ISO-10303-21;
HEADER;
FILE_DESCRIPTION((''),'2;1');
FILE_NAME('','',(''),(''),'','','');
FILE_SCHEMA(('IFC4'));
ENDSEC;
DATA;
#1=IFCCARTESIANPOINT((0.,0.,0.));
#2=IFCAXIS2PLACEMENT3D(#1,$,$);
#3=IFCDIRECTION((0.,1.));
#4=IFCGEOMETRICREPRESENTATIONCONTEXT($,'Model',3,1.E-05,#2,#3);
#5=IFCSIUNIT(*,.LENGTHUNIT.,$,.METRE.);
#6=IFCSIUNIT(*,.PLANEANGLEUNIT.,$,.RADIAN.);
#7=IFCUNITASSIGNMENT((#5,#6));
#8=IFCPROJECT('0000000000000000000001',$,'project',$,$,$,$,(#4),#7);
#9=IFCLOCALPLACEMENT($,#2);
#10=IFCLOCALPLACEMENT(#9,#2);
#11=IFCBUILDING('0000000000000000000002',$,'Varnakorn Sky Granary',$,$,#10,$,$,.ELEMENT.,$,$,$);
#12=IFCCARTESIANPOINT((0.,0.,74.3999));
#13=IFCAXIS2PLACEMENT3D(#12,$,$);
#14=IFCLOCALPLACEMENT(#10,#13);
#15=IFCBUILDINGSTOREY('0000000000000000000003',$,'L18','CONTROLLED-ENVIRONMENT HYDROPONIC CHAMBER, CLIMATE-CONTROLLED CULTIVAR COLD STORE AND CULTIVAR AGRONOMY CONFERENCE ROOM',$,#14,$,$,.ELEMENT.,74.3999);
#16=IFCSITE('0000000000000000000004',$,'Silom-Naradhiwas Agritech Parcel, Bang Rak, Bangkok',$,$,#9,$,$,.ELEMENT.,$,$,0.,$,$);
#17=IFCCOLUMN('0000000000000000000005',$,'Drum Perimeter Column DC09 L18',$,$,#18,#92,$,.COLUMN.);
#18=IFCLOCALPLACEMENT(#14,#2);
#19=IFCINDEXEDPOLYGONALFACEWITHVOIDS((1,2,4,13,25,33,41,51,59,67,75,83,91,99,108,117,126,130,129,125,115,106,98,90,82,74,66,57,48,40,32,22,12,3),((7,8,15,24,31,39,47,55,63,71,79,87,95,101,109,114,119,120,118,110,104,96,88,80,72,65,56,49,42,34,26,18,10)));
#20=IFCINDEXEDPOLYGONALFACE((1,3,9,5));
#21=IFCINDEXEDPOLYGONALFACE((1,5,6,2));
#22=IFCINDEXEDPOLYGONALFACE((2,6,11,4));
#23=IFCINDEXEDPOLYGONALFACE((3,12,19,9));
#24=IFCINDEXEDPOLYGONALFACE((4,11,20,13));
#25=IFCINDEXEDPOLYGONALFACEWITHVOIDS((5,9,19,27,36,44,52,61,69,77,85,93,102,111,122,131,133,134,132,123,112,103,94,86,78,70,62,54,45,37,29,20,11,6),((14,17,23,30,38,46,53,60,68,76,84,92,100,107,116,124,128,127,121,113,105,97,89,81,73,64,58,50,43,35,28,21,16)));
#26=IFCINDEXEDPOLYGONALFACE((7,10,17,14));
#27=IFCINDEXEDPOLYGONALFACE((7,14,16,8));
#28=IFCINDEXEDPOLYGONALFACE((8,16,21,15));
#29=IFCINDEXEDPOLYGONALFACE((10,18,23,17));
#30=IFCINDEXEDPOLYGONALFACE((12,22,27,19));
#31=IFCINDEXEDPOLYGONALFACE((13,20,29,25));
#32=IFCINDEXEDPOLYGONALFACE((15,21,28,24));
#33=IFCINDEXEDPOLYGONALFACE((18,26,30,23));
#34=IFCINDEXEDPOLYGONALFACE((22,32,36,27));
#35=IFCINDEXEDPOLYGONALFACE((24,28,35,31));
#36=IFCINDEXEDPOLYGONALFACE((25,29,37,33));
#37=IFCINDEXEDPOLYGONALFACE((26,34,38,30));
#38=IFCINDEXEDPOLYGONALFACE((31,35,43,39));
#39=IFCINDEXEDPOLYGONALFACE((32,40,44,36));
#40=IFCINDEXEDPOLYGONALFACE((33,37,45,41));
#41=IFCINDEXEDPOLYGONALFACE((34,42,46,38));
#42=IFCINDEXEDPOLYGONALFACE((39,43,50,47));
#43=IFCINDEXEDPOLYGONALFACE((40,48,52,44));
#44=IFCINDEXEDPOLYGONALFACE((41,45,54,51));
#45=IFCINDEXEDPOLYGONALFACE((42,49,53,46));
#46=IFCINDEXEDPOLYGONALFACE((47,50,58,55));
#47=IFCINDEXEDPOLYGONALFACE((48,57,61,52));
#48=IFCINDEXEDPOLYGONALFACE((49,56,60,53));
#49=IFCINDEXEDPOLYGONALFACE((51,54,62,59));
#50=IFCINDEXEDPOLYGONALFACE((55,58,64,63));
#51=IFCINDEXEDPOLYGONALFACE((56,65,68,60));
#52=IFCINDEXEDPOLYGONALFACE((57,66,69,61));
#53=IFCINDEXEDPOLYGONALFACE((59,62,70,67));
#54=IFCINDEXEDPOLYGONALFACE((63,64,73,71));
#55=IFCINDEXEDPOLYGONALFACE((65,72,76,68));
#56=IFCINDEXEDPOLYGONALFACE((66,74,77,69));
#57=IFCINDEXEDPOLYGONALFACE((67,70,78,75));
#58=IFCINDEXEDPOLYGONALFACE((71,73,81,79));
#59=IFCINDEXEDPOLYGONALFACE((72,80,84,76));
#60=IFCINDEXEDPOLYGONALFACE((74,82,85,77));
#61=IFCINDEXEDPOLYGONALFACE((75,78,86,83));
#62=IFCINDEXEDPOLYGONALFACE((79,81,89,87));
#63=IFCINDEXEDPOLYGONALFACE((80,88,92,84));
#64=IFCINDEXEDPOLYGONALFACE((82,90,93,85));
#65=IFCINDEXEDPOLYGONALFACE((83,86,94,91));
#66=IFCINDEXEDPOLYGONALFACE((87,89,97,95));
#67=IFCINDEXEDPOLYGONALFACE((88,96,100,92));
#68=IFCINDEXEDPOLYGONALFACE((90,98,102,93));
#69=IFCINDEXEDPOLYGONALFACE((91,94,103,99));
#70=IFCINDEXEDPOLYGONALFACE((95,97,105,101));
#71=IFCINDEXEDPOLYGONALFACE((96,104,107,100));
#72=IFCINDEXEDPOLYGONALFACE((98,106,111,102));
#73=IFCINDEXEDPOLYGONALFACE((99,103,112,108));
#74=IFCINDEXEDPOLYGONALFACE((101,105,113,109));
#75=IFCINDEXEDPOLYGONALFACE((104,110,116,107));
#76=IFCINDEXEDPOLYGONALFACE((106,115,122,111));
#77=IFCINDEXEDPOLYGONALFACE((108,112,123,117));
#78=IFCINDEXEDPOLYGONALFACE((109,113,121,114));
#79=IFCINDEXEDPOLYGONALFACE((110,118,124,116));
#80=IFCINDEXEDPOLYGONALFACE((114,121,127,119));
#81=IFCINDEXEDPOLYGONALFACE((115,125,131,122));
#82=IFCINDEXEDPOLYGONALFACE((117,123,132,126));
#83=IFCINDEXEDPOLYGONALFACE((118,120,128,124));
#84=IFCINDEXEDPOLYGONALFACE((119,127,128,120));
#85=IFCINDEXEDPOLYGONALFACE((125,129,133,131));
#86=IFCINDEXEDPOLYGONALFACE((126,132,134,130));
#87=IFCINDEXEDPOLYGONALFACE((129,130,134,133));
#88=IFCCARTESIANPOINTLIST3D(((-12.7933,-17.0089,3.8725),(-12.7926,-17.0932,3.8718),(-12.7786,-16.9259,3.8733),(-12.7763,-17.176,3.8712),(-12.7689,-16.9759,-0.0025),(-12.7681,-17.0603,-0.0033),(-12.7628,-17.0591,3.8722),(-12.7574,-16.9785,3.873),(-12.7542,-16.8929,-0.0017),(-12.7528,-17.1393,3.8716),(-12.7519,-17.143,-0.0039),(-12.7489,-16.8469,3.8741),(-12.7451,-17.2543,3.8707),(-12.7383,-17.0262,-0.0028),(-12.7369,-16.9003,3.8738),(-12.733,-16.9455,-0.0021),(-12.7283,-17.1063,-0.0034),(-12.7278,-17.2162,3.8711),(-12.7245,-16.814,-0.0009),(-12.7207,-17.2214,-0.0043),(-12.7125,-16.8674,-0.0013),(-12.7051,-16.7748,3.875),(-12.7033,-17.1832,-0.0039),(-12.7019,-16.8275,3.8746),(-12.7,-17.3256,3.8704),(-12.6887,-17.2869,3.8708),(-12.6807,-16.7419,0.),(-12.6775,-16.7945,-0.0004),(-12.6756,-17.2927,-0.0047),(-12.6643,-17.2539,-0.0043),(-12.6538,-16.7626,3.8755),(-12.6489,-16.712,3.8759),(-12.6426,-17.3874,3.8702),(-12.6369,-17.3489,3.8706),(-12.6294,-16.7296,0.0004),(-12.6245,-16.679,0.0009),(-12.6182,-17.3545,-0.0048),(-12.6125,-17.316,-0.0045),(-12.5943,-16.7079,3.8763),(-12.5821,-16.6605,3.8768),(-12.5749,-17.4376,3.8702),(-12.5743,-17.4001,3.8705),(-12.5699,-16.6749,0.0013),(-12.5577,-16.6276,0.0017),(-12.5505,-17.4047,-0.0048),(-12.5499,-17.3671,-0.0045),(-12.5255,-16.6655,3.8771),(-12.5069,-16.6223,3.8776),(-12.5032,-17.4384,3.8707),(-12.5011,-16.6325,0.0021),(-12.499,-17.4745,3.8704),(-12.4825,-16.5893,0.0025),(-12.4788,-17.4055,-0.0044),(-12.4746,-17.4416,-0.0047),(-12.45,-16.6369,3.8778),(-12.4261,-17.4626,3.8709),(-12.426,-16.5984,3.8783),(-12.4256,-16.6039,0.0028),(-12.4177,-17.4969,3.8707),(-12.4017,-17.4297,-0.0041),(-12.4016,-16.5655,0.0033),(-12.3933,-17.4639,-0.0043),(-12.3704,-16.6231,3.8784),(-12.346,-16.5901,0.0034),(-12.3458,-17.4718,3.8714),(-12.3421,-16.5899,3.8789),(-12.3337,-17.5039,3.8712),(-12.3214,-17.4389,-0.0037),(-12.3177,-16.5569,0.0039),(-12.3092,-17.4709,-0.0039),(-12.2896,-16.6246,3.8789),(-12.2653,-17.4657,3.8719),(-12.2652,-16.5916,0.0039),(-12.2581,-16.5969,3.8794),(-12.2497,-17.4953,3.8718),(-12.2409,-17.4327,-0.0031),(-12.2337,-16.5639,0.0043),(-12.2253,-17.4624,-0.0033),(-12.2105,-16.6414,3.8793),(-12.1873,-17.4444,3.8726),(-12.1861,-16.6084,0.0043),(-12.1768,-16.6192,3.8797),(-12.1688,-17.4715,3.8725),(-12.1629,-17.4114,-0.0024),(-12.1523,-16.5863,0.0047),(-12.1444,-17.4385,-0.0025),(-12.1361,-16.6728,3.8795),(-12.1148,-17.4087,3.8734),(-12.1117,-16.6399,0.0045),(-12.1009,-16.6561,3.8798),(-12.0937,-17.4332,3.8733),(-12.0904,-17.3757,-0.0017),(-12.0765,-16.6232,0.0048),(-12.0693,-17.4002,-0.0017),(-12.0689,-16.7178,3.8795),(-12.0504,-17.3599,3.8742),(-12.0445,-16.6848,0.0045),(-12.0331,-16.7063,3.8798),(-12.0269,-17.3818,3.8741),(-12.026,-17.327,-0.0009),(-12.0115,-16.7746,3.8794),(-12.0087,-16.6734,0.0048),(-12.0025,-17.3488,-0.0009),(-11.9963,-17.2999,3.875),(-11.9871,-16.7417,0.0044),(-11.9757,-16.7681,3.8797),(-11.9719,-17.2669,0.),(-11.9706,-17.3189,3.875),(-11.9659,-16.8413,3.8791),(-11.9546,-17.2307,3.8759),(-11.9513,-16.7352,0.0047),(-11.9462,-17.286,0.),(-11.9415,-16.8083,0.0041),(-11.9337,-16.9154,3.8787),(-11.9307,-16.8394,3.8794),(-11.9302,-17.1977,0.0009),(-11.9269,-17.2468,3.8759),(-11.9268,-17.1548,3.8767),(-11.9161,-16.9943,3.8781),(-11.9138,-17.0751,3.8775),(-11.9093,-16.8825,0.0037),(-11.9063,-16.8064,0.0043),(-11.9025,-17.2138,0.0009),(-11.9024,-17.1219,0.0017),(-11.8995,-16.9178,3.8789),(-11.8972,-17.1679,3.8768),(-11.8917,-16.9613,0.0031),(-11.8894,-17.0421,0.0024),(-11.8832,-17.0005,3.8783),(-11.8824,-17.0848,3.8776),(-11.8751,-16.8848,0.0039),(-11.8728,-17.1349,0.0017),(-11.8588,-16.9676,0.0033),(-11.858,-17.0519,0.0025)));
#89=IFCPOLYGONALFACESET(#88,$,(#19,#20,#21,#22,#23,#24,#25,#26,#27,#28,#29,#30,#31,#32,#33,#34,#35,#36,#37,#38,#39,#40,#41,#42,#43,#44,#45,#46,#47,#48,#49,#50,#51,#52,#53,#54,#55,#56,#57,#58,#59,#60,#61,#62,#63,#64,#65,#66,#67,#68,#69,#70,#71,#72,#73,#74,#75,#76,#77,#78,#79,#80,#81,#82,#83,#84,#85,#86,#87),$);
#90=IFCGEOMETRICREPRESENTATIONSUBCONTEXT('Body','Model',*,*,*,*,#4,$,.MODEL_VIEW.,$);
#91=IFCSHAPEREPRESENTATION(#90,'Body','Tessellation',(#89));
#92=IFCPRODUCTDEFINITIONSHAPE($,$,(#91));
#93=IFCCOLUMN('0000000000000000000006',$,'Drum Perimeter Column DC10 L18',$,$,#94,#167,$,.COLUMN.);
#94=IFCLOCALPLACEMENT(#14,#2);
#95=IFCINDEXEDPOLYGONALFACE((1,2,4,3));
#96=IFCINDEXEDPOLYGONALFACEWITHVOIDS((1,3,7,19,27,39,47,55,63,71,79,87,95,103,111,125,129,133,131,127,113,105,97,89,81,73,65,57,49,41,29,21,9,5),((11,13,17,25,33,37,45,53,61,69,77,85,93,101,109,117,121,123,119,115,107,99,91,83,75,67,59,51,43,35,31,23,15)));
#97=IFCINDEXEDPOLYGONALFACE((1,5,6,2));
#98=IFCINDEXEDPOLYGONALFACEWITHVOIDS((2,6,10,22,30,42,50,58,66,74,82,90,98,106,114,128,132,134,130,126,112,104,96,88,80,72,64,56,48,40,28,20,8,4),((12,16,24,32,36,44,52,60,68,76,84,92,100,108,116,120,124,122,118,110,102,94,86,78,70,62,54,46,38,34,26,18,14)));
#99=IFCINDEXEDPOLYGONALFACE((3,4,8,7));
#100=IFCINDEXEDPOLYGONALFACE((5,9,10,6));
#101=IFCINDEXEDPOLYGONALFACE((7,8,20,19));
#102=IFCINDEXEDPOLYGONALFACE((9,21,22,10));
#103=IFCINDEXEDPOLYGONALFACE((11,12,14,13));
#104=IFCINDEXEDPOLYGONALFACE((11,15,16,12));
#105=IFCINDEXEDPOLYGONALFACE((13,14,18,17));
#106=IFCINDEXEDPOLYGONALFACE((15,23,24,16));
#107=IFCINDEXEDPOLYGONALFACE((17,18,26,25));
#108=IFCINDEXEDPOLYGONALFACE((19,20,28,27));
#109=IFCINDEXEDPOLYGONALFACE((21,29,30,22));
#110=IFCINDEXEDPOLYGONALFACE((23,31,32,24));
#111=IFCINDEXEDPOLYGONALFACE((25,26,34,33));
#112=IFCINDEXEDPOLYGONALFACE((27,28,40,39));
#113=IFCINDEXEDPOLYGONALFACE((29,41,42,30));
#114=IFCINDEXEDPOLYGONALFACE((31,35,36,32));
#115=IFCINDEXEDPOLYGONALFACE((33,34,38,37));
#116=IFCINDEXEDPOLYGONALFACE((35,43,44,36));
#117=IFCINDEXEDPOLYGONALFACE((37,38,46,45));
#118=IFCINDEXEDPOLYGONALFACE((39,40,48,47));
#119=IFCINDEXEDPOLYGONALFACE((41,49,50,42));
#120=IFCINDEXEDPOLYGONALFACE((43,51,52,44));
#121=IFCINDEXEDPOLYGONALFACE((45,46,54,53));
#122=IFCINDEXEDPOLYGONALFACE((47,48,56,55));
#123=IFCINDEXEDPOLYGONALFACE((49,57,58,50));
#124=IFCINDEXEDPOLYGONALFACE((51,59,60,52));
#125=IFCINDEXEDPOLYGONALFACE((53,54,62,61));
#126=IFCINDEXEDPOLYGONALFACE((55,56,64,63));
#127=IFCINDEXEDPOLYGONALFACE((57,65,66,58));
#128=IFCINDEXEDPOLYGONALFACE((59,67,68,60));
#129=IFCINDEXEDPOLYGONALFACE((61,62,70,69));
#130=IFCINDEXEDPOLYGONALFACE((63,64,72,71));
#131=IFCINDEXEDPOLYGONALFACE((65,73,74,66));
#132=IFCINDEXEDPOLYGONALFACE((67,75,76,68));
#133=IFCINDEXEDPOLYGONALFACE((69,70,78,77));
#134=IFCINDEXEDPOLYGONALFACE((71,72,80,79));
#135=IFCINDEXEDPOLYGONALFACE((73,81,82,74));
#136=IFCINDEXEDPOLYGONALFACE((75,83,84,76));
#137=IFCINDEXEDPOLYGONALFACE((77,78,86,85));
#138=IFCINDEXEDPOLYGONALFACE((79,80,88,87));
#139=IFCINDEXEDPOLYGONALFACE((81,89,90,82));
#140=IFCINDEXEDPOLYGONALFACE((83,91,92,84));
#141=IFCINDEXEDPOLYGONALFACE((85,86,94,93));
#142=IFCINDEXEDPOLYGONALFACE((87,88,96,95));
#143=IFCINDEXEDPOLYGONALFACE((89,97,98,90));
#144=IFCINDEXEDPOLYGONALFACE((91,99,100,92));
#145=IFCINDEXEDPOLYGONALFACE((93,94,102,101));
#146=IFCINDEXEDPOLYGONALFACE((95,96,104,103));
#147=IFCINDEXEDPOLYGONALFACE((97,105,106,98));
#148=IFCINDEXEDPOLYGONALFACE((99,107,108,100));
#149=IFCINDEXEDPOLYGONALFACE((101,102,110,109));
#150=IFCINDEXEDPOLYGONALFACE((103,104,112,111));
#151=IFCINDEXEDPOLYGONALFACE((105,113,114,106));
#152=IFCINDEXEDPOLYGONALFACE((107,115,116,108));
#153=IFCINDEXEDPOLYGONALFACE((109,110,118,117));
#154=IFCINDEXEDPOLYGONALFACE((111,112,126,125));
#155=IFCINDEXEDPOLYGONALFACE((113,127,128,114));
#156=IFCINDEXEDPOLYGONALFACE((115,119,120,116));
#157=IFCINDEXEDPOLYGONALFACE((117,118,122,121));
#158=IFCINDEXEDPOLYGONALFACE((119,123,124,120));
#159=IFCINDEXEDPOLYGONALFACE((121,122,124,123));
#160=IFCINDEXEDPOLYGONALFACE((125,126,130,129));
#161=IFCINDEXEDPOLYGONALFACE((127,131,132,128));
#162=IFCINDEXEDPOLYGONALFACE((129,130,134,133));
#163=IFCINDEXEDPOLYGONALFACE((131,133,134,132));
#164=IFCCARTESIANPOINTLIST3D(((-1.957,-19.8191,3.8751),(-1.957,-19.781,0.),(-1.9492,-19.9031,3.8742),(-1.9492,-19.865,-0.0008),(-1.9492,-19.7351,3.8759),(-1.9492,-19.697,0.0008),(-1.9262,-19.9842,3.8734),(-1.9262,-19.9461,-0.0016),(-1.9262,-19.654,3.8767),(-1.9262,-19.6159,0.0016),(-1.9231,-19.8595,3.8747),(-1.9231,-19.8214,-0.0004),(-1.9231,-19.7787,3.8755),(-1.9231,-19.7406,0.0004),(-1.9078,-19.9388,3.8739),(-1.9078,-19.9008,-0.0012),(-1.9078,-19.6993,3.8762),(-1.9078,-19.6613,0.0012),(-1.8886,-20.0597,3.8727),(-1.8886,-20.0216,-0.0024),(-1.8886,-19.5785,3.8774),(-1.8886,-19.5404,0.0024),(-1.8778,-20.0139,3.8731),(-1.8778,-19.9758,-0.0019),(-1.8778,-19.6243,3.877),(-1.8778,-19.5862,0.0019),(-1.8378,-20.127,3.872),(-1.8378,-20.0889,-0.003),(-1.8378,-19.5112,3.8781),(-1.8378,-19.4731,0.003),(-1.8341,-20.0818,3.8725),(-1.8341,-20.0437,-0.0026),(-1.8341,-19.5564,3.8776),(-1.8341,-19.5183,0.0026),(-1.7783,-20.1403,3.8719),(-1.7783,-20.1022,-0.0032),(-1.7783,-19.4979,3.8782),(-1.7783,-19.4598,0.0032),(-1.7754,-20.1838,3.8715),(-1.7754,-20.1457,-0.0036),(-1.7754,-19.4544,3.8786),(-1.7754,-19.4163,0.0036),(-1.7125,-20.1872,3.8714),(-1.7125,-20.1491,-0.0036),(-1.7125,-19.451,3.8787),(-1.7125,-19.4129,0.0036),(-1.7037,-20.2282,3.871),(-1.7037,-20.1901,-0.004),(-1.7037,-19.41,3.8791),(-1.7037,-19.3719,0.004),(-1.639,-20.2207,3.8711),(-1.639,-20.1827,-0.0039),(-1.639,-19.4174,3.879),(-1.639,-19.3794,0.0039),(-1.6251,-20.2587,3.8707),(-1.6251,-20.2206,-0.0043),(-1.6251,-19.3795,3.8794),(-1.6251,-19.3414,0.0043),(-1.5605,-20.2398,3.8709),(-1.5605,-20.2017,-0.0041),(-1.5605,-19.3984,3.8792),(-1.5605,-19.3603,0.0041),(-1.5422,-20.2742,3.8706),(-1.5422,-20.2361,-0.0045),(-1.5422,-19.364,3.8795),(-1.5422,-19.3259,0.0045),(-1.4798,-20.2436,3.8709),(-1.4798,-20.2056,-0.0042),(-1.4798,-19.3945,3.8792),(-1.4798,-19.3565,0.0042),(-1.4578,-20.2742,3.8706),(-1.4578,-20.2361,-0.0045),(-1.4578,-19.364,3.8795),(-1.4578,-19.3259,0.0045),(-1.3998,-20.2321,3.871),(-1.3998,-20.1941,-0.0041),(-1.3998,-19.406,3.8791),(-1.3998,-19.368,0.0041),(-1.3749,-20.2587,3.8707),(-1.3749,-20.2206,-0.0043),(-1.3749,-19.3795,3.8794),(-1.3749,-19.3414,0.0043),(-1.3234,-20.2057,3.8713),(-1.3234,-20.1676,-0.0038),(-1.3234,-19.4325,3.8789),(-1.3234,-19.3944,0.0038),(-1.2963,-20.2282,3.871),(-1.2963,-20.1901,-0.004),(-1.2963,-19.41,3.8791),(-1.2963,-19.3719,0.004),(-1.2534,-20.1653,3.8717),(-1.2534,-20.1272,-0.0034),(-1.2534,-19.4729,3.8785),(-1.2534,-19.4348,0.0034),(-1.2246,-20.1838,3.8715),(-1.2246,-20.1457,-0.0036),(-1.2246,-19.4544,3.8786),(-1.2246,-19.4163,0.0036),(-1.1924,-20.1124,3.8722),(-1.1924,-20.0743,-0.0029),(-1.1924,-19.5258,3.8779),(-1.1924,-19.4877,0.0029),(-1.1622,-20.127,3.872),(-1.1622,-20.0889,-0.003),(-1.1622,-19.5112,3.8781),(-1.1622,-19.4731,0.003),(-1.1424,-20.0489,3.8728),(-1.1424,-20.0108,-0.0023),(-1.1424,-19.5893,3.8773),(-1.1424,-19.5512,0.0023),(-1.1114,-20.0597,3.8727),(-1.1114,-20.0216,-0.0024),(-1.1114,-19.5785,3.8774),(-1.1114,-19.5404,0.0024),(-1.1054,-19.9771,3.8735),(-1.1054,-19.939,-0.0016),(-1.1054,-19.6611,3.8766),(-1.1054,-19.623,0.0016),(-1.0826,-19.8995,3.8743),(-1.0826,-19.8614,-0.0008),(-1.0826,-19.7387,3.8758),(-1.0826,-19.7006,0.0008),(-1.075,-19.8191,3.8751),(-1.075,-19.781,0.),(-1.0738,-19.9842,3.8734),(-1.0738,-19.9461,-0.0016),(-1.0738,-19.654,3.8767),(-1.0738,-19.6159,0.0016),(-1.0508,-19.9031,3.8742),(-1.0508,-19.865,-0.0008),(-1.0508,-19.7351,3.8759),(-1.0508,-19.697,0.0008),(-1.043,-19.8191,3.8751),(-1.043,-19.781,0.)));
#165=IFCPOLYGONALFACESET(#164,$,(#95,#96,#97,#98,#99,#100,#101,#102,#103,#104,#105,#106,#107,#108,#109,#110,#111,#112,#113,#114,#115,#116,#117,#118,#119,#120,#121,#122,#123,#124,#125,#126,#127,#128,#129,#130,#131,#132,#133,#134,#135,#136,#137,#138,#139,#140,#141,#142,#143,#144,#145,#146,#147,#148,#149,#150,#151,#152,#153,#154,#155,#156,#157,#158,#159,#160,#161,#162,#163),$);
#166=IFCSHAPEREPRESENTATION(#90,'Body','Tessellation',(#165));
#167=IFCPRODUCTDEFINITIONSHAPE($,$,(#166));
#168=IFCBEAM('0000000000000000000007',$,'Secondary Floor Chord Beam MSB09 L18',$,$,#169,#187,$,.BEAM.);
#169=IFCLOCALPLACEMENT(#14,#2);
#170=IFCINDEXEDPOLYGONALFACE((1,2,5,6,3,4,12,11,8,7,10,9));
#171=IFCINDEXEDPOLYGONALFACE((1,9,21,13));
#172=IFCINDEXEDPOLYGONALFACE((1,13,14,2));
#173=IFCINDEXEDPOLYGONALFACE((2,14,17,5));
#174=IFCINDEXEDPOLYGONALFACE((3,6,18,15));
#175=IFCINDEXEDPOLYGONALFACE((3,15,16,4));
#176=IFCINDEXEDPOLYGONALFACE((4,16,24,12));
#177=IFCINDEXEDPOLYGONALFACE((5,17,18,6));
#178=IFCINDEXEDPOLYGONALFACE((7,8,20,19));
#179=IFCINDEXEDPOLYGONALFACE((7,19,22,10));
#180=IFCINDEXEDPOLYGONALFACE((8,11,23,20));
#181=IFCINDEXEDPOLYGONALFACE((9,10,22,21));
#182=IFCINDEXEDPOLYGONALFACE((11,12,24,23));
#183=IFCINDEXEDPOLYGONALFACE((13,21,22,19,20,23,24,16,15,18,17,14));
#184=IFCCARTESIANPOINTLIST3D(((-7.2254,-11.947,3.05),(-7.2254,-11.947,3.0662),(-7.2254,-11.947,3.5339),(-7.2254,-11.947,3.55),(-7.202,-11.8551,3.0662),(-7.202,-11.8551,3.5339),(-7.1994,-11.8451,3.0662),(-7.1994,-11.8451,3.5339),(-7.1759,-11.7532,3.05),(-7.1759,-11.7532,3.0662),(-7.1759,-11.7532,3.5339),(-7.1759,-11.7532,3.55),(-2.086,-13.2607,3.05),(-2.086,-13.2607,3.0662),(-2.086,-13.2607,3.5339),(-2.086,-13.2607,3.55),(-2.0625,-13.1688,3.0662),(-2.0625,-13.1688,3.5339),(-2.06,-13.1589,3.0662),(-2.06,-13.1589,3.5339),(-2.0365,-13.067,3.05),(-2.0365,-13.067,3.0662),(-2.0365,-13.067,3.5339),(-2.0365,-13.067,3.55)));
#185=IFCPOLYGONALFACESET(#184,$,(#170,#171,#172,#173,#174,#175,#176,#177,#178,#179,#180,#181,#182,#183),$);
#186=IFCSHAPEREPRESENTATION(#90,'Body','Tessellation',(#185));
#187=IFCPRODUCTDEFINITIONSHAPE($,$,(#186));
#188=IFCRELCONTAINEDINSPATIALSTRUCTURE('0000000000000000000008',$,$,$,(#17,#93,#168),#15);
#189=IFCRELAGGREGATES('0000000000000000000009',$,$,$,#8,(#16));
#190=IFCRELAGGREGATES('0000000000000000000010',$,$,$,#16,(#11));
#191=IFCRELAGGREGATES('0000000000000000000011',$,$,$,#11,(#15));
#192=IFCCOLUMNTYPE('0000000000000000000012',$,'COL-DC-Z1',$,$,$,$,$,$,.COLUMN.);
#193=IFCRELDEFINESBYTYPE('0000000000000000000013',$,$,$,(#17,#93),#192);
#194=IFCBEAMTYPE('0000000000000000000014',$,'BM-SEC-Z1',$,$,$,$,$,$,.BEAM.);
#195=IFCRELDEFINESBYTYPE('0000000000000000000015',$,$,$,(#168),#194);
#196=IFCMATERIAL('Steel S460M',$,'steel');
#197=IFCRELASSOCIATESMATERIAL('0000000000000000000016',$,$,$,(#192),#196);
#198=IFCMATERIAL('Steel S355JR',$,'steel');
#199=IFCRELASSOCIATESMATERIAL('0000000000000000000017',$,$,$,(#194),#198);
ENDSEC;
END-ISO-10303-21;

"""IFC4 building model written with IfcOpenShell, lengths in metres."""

from ifc_helpers import new_model, si_unit, direction, frame, origin, origin_2d, place, context, subcontext, project, spatial, hollow_circle, i_section, extrude, material, material_profile, profile_set, type_object, element, save


model = new_model("IFC4")

# Units and contexts
model_context = context("Model", 3, precision=1e-05, world=origin(), true_north=direction((0.0, 1.0)))
body_context = subcontext(model_context, "Body", "Model", "MODEL_VIEW")
ifc_project = project(units=[si_unit("LENGTHUNIT", "METRE"), si_unit("PLANEANGLEUNIT", "RADIAN")], contexts=[model_context])

# Site, building, storey
site_placement = place(None, origin())
site = spatial("IfcSite", under=ifc_project, at=site_placement, Name="Silom-Naradhiwas Agritech Parcel, Bang Rak, Bangkok", CompositionType="ELEMENT", RefElevation=0.0)
building_placement = place(site_placement, origin())
building = spatial("IfcBuilding", under=site, at=building_placement, Name="Varnakorn Sky Granary", CompositionType="ELEMENT")
storey_placement = place(building_placement, frame((0.0, 0.0, 74.3999)))
storey = spatial("IfcBuildingStorey", under=building, at=storey_placement, Name="L18", Description="CONTROLLED-ENVIRONMENT HYDROPONIC CHAMBER, CLIMATE-CONTROLLED CULTIVAR COLD STORE AND CULTIVAR AGRONOMY CONFERENCE ROOM", CompositionType="ELEMENT", Elevation=74.3999)

# Columns
ifc_material_1 = material(Name="Steel S460M", Category="steel")
ifc_material_profile_1 = material_profile(ifc_material_1, hollow_circle(Radius=0.457, WallThickness=0.032, at=origin_2d()), Name="CHS 914x32")
ifc_profile_set_1 = profile_set([ifc_material_profile_1], Name="Steel S460M")
column_type = type_object("IfcColumnType", Name="COL-DC-Z1", PredefinedType="COLUMN", material=ifc_profile_set_1)
for number, where, z_axis, x_axis, name in (
    (1, (-12.3135, -17.0139, 0.0), (-0.0063, -0.008505, 0.999944), (0.803557, -0.595228, 0.0), "Drum Perimeter Column DC09 L18"),
    (2, (-1.5, -19.781, 0.0), (0.0, -0.009828, 0.999952), (1.0, 0.0, 0.0), "Drum Perimeter Column DC10 L18"),
):
    element("IfcColumn", number, at=place(storey_placement, frame(where, z_axis=z_axis, x_axis=x_axis)), inside=storey, type_object=column_type, Name=name, PredefinedType="COLUMN", context=body_context, shape_type="SweptSolid", body=[
        extrude(hollow_circle(Radius=0.457, WallThickness=0.032, at=origin_2d()), origin(), (0.0, 0.0, 1.0), 3.8752),
    ])

# Beam
ifc_material_2 = material(Name="Steel S355JR", Category="steel")
ifc_material_profile_2 = material_profile(ifc_material_2, i_section(OverallWidth=0.2, OverallDepth=0.5, WebThickness=0.0103, FlangeThickness=0.0161, at=origin_2d()), Name="IPE 500")
ifc_profile_set_2 = profile_set([ifc_material_profile_2], Name="Steel S355JR")
beam_type_1 = type_object("IfcBeamType", Name="BM-SEC-Z1", PredefinedType="BEAM", material=ifc_profile_set_2)
beam_1_placement = place(storey_placement, frame((-7.2007, -11.8501, 3.3), z_axis=(0.968848, -0.247654, 0.0), x_axis=(0.247654, 0.968848, 0.0)))
element("IfcBeam", 3, at=beam_1_placement, inside=storey, type_object=beam_type_1, Name="Secondary Floor Chord Beam MSB09 L18", PredefinedType="BEAM", context=body_context, shape_type="SweptSolid", body=[
    extrude(i_section(OverallWidth=0.2, OverallDepth=0.5, WebThickness=0.0103, FlangeThickness=0.0161, at=origin_2d()), origin(), (0.0, 0.0, 1.0), 5.3047),
])

save(model, "model.ifc")
